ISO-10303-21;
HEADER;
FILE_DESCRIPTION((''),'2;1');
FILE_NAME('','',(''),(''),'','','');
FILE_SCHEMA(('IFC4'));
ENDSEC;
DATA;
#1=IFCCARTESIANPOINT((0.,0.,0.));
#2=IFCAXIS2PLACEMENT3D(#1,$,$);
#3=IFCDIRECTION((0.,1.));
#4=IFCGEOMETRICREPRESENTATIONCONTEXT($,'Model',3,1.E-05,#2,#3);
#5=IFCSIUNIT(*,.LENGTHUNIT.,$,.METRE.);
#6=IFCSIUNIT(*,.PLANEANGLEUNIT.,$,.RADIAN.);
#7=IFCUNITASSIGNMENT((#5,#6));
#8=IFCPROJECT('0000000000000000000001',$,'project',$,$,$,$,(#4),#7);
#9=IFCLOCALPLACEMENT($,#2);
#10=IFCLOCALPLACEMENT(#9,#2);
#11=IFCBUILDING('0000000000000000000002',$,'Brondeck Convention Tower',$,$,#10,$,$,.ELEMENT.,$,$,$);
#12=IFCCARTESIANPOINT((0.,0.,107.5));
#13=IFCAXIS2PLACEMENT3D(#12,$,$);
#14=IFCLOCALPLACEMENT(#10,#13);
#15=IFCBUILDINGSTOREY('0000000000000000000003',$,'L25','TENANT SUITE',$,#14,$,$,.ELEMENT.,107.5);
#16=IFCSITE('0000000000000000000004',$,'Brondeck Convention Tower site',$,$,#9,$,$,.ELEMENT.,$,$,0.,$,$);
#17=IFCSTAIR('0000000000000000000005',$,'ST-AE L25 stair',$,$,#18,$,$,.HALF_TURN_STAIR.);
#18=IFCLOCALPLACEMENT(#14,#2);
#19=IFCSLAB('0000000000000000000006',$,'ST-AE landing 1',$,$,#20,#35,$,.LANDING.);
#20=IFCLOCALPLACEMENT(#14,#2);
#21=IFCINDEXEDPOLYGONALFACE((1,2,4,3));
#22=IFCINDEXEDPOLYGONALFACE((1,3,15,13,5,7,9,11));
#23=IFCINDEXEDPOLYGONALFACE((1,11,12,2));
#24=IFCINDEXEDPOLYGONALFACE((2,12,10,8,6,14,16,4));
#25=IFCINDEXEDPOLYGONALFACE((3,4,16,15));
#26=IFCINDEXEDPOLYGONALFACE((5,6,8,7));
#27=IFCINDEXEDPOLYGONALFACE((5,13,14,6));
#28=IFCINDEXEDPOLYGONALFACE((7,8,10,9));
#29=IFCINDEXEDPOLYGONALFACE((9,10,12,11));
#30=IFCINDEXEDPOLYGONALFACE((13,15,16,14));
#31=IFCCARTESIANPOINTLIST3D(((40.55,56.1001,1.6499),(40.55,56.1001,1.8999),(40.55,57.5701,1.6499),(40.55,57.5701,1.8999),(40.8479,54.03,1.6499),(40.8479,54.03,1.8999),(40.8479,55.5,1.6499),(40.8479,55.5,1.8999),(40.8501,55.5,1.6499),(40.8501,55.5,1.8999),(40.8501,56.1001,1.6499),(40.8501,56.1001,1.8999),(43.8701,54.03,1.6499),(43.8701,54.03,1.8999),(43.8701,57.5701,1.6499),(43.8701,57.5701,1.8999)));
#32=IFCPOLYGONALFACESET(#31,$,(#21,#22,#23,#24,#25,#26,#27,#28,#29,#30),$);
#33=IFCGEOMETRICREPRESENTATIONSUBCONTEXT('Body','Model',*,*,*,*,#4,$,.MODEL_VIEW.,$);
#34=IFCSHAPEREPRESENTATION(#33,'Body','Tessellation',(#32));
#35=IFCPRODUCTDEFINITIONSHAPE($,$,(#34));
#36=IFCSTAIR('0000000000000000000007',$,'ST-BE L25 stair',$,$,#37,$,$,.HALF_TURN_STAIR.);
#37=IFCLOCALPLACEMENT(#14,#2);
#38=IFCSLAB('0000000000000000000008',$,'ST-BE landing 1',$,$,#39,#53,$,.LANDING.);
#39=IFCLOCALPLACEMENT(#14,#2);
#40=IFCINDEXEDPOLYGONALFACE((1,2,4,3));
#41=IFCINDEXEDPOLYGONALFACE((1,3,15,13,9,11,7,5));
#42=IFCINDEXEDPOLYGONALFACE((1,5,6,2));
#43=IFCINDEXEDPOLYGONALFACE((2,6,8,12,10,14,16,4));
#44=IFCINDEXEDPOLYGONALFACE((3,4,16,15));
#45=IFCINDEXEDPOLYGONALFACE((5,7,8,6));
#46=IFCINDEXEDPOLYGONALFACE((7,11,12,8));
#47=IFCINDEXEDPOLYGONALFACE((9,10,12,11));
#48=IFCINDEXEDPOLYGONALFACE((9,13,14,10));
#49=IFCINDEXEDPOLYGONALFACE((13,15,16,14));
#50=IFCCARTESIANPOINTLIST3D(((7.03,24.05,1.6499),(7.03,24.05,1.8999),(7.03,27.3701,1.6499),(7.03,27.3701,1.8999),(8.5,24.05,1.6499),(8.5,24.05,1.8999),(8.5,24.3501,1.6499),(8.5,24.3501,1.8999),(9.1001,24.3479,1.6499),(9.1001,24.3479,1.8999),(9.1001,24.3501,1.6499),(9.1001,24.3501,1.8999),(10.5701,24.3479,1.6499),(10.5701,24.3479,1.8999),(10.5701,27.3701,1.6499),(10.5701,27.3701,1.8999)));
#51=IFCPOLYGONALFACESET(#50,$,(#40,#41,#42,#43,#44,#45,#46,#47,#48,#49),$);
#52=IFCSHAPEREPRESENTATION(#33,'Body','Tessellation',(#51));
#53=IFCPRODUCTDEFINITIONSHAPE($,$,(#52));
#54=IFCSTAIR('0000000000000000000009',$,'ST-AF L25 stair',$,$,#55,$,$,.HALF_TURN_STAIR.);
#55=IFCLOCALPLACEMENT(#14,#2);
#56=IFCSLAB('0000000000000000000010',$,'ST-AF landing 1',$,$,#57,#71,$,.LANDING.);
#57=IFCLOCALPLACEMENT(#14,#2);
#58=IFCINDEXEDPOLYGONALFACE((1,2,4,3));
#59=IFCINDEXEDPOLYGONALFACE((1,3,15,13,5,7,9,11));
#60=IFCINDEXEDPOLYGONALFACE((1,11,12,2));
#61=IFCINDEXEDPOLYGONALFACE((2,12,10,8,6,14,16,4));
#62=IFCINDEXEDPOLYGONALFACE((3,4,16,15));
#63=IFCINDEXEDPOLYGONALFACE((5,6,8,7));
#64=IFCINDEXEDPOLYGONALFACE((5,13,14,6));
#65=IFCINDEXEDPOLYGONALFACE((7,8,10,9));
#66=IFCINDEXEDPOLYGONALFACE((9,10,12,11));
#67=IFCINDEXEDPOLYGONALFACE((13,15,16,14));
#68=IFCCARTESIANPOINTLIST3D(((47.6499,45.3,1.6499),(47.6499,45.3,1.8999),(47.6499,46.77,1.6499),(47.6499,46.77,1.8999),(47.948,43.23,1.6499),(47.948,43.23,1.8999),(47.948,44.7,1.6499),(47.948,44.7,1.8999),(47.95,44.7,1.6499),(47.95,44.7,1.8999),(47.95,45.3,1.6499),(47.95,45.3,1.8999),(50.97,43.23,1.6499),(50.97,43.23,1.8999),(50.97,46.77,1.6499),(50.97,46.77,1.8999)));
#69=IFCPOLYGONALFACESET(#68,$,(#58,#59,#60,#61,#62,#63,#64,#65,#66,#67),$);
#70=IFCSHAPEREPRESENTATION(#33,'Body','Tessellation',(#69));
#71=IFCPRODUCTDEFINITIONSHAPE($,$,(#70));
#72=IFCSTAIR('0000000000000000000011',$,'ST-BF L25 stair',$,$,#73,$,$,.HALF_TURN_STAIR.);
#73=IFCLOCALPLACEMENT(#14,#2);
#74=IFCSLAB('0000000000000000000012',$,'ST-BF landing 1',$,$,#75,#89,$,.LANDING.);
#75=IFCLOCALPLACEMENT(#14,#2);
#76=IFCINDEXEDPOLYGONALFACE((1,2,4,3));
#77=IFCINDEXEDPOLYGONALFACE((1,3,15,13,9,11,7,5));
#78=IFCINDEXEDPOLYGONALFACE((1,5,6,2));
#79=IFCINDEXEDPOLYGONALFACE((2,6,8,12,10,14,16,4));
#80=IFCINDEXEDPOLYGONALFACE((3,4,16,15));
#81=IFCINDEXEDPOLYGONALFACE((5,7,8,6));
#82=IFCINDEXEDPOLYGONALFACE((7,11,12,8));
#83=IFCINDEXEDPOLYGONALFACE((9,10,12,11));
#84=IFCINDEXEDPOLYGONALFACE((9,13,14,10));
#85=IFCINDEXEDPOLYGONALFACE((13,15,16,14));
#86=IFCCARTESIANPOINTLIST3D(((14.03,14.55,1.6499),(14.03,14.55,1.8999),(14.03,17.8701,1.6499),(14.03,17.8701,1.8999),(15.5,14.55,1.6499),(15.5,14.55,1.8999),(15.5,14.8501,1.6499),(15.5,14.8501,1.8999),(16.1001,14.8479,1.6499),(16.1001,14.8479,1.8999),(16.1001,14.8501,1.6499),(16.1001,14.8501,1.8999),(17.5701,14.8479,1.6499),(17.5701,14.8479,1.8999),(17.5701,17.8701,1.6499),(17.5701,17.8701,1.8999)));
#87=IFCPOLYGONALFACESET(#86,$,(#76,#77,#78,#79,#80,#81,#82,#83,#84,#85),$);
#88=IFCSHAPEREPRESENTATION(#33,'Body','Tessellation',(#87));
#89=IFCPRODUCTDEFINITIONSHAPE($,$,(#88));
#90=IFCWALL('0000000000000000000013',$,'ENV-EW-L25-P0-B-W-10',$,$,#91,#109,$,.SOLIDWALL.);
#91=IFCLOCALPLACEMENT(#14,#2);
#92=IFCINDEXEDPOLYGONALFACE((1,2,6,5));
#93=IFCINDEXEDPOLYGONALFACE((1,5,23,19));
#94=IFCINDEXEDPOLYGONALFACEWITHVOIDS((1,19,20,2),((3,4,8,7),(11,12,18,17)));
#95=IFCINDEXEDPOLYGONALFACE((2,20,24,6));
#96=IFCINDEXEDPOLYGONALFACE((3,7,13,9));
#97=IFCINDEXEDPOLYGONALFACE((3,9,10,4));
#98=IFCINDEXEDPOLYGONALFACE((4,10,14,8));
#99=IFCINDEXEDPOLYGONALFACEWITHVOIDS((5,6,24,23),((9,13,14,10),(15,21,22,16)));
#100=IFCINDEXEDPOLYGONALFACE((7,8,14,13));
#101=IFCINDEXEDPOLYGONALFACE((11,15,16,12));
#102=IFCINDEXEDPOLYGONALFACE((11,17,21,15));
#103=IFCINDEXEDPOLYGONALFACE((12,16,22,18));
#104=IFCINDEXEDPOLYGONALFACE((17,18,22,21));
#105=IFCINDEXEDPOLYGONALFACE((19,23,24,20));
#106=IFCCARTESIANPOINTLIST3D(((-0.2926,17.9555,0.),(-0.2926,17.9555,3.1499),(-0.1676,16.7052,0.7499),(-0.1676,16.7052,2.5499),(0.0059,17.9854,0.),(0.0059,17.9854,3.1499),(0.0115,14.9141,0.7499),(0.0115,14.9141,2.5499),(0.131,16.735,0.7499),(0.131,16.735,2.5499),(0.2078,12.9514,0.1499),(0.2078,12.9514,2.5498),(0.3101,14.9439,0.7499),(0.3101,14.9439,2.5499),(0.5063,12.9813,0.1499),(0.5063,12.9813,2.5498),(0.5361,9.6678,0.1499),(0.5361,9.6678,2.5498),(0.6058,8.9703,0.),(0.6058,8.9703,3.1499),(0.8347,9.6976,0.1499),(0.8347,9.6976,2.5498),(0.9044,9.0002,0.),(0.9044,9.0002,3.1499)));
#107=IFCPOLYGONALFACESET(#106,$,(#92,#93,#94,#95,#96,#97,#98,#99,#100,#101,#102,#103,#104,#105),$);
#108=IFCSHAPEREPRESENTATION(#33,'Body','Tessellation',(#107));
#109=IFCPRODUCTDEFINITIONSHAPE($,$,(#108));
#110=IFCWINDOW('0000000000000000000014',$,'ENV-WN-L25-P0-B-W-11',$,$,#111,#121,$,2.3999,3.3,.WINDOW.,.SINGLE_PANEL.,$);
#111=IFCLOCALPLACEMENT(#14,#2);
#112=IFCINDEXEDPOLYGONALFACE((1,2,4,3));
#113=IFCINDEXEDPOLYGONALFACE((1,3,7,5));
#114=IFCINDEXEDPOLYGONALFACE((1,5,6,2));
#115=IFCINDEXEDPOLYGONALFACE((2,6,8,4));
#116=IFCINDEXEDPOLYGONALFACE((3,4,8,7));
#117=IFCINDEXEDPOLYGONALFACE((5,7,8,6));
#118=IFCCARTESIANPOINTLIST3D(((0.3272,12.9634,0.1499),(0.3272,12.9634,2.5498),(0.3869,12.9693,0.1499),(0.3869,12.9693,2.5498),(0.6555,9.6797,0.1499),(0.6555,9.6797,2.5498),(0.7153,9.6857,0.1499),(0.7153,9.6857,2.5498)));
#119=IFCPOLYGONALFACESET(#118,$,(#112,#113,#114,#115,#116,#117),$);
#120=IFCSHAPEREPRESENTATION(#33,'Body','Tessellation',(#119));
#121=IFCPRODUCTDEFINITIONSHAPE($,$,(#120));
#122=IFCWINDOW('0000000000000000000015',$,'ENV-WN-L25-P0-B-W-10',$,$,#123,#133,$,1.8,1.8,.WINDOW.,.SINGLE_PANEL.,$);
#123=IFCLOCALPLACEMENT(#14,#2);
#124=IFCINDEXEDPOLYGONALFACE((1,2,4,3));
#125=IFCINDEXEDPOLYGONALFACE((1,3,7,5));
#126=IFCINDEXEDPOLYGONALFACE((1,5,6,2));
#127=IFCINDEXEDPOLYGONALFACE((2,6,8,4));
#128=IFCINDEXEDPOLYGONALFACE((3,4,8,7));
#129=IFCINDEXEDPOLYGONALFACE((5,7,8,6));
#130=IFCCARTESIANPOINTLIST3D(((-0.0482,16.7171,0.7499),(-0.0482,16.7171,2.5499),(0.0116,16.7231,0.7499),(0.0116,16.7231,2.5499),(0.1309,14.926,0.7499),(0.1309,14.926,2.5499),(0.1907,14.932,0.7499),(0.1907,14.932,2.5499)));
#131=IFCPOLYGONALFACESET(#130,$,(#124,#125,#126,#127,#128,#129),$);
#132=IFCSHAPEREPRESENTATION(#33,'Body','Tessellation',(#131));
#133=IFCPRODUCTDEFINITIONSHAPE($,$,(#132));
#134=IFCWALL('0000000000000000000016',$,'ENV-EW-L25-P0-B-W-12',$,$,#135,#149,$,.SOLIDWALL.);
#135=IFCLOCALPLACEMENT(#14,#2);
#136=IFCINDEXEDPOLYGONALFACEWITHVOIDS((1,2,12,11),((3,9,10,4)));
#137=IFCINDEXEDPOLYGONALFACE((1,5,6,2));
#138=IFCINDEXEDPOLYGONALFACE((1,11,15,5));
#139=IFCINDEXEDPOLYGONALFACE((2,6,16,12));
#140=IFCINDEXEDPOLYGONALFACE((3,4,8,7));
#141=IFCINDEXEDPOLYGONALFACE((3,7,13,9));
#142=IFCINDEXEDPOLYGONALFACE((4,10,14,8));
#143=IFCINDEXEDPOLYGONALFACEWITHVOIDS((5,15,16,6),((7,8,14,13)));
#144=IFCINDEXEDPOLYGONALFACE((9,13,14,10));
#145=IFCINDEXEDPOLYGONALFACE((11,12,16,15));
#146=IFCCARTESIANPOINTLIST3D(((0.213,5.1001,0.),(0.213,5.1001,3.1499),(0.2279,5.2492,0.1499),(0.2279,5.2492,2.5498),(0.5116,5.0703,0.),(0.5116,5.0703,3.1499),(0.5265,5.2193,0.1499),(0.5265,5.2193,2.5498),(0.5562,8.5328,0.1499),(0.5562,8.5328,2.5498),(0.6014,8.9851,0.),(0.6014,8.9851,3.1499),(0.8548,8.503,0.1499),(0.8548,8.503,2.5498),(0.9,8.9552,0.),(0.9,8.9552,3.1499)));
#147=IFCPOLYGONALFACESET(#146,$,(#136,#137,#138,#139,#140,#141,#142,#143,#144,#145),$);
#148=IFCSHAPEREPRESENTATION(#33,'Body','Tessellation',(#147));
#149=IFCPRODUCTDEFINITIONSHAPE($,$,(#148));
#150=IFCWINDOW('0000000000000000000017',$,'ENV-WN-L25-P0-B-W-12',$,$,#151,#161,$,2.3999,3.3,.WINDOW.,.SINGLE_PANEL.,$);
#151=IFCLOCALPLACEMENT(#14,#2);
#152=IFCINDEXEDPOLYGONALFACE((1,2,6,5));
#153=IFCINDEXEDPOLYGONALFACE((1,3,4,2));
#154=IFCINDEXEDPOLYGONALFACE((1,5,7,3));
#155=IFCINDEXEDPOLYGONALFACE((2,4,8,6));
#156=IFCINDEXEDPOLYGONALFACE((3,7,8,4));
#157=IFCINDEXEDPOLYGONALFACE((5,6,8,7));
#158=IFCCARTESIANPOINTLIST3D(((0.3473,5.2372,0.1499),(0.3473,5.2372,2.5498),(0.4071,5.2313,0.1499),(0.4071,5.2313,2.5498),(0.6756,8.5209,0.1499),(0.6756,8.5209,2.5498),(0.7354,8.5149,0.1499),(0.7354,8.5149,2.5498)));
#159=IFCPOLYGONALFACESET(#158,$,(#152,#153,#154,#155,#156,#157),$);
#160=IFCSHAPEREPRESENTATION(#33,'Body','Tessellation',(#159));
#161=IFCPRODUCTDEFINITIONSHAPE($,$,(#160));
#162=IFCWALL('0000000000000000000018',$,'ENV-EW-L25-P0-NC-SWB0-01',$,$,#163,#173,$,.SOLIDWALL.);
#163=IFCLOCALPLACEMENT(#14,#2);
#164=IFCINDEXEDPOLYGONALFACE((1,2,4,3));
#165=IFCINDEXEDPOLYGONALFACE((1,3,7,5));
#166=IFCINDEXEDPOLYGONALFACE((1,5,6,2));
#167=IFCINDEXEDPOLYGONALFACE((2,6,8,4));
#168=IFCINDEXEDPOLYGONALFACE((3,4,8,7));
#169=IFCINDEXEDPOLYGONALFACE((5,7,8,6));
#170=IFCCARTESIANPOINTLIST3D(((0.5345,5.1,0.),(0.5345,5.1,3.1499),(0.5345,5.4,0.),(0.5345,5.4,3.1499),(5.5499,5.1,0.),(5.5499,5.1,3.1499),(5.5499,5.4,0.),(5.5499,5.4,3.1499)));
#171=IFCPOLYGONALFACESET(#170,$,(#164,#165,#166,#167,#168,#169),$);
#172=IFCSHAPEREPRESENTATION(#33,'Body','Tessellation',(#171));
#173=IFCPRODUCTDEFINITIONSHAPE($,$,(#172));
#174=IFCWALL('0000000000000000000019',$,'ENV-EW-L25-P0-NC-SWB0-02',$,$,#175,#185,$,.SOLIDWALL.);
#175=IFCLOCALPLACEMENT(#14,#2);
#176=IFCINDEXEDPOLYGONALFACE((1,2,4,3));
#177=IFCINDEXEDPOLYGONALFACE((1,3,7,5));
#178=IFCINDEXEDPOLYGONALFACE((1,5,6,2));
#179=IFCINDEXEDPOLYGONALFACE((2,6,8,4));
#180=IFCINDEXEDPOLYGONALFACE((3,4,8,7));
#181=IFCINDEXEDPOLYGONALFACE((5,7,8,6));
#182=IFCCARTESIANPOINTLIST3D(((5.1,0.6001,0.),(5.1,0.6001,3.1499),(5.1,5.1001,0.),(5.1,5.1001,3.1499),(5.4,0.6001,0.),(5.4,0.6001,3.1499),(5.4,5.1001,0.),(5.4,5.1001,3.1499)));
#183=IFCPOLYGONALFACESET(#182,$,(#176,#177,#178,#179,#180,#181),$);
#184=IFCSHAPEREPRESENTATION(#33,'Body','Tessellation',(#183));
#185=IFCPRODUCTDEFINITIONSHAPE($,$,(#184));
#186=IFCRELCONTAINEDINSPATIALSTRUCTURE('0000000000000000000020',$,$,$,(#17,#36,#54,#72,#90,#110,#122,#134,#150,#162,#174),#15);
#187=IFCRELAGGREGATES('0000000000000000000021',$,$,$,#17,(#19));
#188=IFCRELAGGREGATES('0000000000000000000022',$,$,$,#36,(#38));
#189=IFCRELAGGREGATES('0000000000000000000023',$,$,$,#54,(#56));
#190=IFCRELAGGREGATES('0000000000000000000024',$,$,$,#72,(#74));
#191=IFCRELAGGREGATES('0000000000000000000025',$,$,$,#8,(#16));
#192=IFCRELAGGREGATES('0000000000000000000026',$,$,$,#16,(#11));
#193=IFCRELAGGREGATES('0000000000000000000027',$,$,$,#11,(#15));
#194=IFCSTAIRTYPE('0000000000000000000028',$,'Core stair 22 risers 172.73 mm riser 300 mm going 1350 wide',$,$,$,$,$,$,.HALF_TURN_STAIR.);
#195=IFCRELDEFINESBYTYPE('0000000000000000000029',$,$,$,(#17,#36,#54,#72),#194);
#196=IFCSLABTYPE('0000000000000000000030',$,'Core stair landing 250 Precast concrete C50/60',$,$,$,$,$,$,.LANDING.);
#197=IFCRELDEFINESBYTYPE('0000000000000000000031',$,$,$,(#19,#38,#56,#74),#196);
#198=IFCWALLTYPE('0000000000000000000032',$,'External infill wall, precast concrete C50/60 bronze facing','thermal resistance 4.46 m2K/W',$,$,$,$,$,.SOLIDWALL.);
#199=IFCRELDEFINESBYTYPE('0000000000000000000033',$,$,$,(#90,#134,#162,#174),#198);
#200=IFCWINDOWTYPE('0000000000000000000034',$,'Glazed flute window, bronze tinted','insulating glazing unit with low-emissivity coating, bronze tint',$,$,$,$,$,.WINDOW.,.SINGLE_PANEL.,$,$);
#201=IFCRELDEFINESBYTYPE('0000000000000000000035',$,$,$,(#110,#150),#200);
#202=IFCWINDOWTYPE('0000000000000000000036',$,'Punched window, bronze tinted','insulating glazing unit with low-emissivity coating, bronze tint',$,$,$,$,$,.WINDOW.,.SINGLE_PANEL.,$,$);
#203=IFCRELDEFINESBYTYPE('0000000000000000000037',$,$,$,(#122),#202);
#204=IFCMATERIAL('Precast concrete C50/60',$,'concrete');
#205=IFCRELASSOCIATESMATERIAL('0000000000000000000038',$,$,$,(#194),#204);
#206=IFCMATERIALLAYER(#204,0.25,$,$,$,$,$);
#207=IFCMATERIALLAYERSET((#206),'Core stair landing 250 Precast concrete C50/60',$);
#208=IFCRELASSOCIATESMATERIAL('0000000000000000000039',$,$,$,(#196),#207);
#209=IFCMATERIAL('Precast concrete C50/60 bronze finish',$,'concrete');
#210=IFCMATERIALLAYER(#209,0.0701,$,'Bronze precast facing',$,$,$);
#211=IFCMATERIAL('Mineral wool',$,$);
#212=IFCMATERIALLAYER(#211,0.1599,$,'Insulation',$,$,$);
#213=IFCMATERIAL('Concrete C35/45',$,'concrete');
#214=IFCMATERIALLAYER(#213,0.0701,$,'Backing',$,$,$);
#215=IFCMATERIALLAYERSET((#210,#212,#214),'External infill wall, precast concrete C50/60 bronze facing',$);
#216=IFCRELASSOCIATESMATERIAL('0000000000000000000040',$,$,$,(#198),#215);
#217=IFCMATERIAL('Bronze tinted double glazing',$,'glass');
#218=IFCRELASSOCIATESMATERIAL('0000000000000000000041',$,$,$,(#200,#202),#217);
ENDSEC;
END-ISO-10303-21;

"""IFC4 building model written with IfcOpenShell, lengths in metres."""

from ifc_helpers import new_model, si_unit, direction, frame, frame_2d, origin, place, context, subcontext, project, spatial, polyline, rectangle, outline, extrude, material, layer, layer_set, type_object, element, fill, aggregate, save


model = new_model("IFC4")

# Units and contexts
model_context = context("Model", 3, precision=1e-05, world=origin(), true_north=direction((0.0, 1.0)))
body_context = subcontext(model_context, "Body", "Model", "MODEL_VIEW")
ifc_project = project(units=[si_unit("LENGTHUNIT", "METRE"), si_unit("PLANEANGLEUNIT", "RADIAN")], contexts=[model_context])

# Site, building, storey
site_placement = place(None, origin())
site = spatial("IfcSite", under=ifc_project, at=site_placement, Name="Brondeck Convention Tower site", CompositionType="ELEMENT", RefElevation=0.0)
building_placement = place(site_placement, origin())
building = spatial("IfcBuilding", under=site, at=building_placement, Name="Brondeck Convention Tower", CompositionType="ELEMENT")
storey_placement = place(building_placement, frame((0.0, 0.0, 107.5)))
storey = spatial("IfcBuildingStorey", under=building, at=storey_placement, Name="L25", Description="TENANT SUITE", CompositionType="ELEMENT", Elevation=107.5)

# Shared definitions
ifc_material_1 = material(Name="Concrete C35/45", Category="concrete")

# Stairs, slabs
ifc_material_2 = material(Name="Precast concrete C50/60", Category="concrete")
stair_type = type_object("IfcStairType", Name="Core stair 22 risers 172.73 mm riser 300 mm going 1350 wide", PredefinedType="HALF_TURN_STAIR", material=ifc_material_2)
ifc_layer_1 = layer(ifc_material_2, 0.25)
ifc_layer_set_1 = layer_set([ifc_layer_1], Name="Core stair landing 250 Precast concrete C50/60")
slab_type_1 = type_object("IfcSlabType", Name="Core stair landing 250 Precast concrete C50/60", PredefinedType="LANDING", material=ifc_layer_set_1)
stair_1_placement = place(storey_placement, origin())
stair_1 = element("IfcStair", 1, at=stair_1_placement, inside=storey, type_object=stair_type, Name="ST-AE L25 stair", PredefinedType="HALF_TURN_STAIR")
slab_1_placement = place(storey_placement, frame((0.0, 0.0, 1.6499)))
slab_1 = element("IfcSlab", 2, at=slab_1_placement, type_object=slab_type_1, Name="ST-AE landing 1", PredefinedType="LANDING", context=body_context, shape_type="SweptSolid", body=[
    extrude(outline(polyline([(40.8479, 55.5), (40.8501, 55.5), (40.8501, 56.1001), (40.55, 56.1001), (40.55, 57.5701), (43.8701, 57.5701), (43.8701, 54.03), (40.8479, 54.03), (40.8479, 55.5)])), origin(), (0.0, 0.0, 1.0), 0.25),
])
aggregate(stair_1, [slab_1])
stair_2_placement = place(storey_placement, origin())
stair_2 = element("IfcStair", 3, at=stair_2_placement, inside=storey, type_object=stair_type, Name="ST-BE L25 stair", PredefinedType="HALF_TURN_STAIR")
slab_2_placement = place(storey_placement, frame((0.0, 0.0, 1.6499)))
slab_2 = element("IfcSlab", 4, at=slab_2_placement, type_object=slab_type_1, Name="ST-BE landing 1", PredefinedType="LANDING", context=body_context, shape_type="SweptSolid", body=[
    extrude(outline(polyline([(7.03, 24.05), (7.03, 27.3701), (10.5701, 27.3701), (10.5701, 24.3479), (9.1001, 24.3479), (9.1001, 24.3501), (8.5, 24.3501), (8.5, 24.05), (7.03, 24.05)])), origin(), (0.0, 0.0, 1.0), 0.25),
])
aggregate(stair_2, [slab_2])
stair_3_placement = place(storey_placement, origin())
stair_3 = element("IfcStair", 5, at=stair_3_placement, inside=storey, type_object=stair_type, Name="ST-AF L25 stair", PredefinedType="HALF_TURN_STAIR")
slab_3_placement = place(storey_placement, frame((0.0, 0.0, 1.6499)))
slab_3 = element("IfcSlab", 6, at=slab_3_placement, type_object=slab_type_1, Name="ST-AF landing 1", PredefinedType="LANDING", context=body_context, shape_type="SweptSolid", body=[
    extrude(outline(polyline([(47.948, 44.7), (47.95, 44.7), (47.95, 45.3), (47.6499, 45.3), (47.6499, 46.77), (50.97, 46.77), (50.97, 43.23), (47.948, 43.23), (47.948, 44.7)])), origin(), (0.0, 0.0, 1.0), 0.25),
])
aggregate(stair_3, [slab_3])
stair_4_placement = place(storey_placement, origin())
stair_4 = element("IfcStair", 7, at=stair_4_placement, inside=storey, type_object=stair_type, Name="ST-BF L25 stair", PredefinedType="HALF_TURN_STAIR")
slab_4_placement = place(storey_placement, frame((0.0, 0.0, 1.6499)))
slab_4 = element("IfcSlab", 8, at=slab_4_placement, type_object=slab_type_1, Name="ST-BF landing 1", PredefinedType="LANDING", context=body_context, shape_type="SweptSolid", body=[
    extrude(outline(polyline([(14.03, 14.55), (14.03, 17.8701), (17.5701, 17.8701), (17.5701, 14.8479), (16.1001, 14.8479), (16.1001, 14.8501), (15.5, 14.8501), (15.5, 14.55), (14.03, 14.55)])), origin(), (0.0, 0.0, 1.0), 0.25),
])
aggregate(stair_4, [slab_4])

# Wall, openings, windows
ifc_material_3 = material(Name="Precast concrete C50/60 bronze finish", Category="concrete")
ifc_layer_2 = layer(ifc_material_3, 0.0701, Name="Bronze precast facing")
ifc_material_4 = material(Name="Mineral wool")
ifc_layer_3 = layer(ifc_material_4, 0.1599, Name="Insulation")
ifc_layer_4 = layer(ifc_material_1, 0.0701, Name="Backing")
ifc_layer_set_2 = layer_set([ifc_layer_2, ifc_layer_3, ifc_layer_4], Name="External infill wall, precast concrete C50/60 bronze facing")
wall_type = type_object("IfcWallType", Name="External infill wall, precast concrete C50/60 bronze facing", Description="thermal resistance 4.46 m2K/W", PredefinedType="SOLIDWALL", material=ifc_layer_set_2)
wall_1_placement = place(storey_placement, frame((0.7551, 8.9851, 0.0), z_axis=(0.0, 0.0, 1.0), x_axis=(-0.099496, 0.995038, 0.0)))
wall_1 = element("IfcWall", 9, at=wall_1_placement, inside=storey, type_object=wall_type, Name="ENV-EW-L25-P0-B-W-10", PredefinedType="SOLIDWALL", context=body_context, shape_type="SweptSolid", body=[
    extrude(rectangle(XDim=9.03, YDim=0.3, at=frame_2d((4.5151, 0.0))), origin(), (0.0, 0.0, 1.0), 3.1499),
])
opening_1_placement = place(wall_1_placement, frame((0.7012, 0.0, 0.1499)))
opening_1 = element("IfcOpeningElement", 10, at=opening_1_placement, cuts=wall_1, PredefinedType="OPENING", context=body_context, shape_type="SweptSolid", body=[
    extrude(rectangle(XDim=3.3, YDim=2.3999, at=frame_2d((1.6499, 1.2))), frame((0.0, 0.1599, 0.0), z_axis=(0.0, -1.0, 0.0), x_axis=(1.0, 0.0, 0.0)), (0.0, 0.0, 1.0), 0.3201),
])
opening_2_placement = place(wall_1_placement, frame((5.9736, 0.0, 0.75)))
opening_2 = element("IfcOpeningElement", 11, at=opening_2_placement, cuts=wall_1, PredefinedType="OPENING", context=body_context, shape_type="SweptSolid", body=[
    extrude(rectangle(XDim=1.8, YDim=1.8, at=frame_2d((0.8999, 0.8999))), frame((0.0, 0.1599, 0.0), z_axis=(0.0, -1.0, 0.0), x_axis=(1.0, 0.0, 0.0)), (0.0, 0.0, 1.0), 0.3201),
])
ifc_material_5 = material(Name="Bronze tinted double glazing", Category="glass")
window_type_1 = type_object("IfcWindowType", Name="Glazed flute window, bronze tinted", Description="insulating glazing unit with low-emissivity coating, bronze tint", PartitioningType="SINGLE_PANEL", PredefinedType="WINDOW", material=ifc_material_5)
window_1_placement = place(opening_1_placement, origin())
window_1 = element("IfcWindow", 12, at=window_1_placement, inside=storey, type_object=window_type_1, Name="ENV-WN-L25-P0-B-W-11", OverallHeight=2.3999, OverallWidth=3.3, PartitioningType="SINGLE_PANEL", PredefinedType="WINDOW", context=body_context, shape_type="SweptSolid", body=[
    extrude(rectangle(XDim=3.3, YDim=2.3999, at=frame_2d((1.6499, 1.2))), frame((0.0, 0.03, 0.0), z_axis=(0.0, -1.0, 0.0), x_axis=(1.0, 0.0, 0.0)), (0.0, 0.0, 1.0), 0.0601),
])
fill(opening_1, window_1)
window_type_2 = type_object("IfcWindowType", Name="Punched window, bronze tinted", Description="insulating glazing unit with low-emissivity coating, bronze tint", PartitioningType="SINGLE_PANEL", PredefinedType="WINDOW", material=ifc_material_5)
window_2_placement = place(opening_2_placement, origin())
window_2 = element("IfcWindow", 13, at=window_2_placement, inside=storey, type_object=window_type_2, Name="ENV-WN-L25-P0-B-W-10", OverallHeight=1.8, OverallWidth=1.8, PartitioningType="SINGLE_PANEL", PredefinedType="WINDOW", context=body_context, shape_type="SweptSolid", body=[
    extrude(rectangle(XDim=1.8, YDim=1.8, at=frame_2d((0.8999, 0.8999))), frame((0.0, 0.03, 0.0), z_axis=(0.0, -1.0, 0.0), x_axis=(1.0, 0.0, 0.0)), (0.0, 0.0, 1.0), 0.0601),
])
fill(opening_2, window_2)

# Wall, opening, window
wall_2_placement = place(storey_placement, frame((0.3623, 5.0852, 0.0), z_axis=(0.0, 0.0, 1.0), x_axis=(0.099485, 0.995039, 0.0)))
wall_2 = element("IfcWall", 14, at=wall_2_placement, inside=storey, type_object=wall_type, Name="ENV-EW-L25-P0-B-W-12", PredefinedType="SOLIDWALL", context=body_context, shape_type="SweptSolid", body=[
    extrude(rectangle(XDim=3.9043, YDim=0.3, at=frame_2d((1.9521, 0.0))), origin(), (0.0, 0.0, 1.0), 3.1499),
])
opening_3_placement = place(wall_2_placement, frame((0.1499, 0.0, 0.1499)))
opening_3 = element("IfcOpeningElement", 15, at=opening_3_placement, cuts=wall_2, PredefinedType="OPENING", context=body_context, shape_type="SweptSolid", body=[
    extrude(rectangle(XDim=3.3, YDim=2.3999, at=frame_2d((1.6499, 1.2))), frame((0.0, 0.1599, 0.0), z_axis=(0.0, -1.0, 0.0), x_axis=(1.0, 0.0, 0.0)), (0.0, 0.0, 1.0), 0.3201),
])
window_3_placement = place(opening_3_placement, origin())
window_3 = element("IfcWindow", 16, at=window_3_placement, inside=storey, type_object=window_type_1, Name="ENV-WN-L25-P0-B-W-12", OverallHeight=2.3999, OverallWidth=3.3, PartitioningType="SINGLE_PANEL", PredefinedType="WINDOW", context=body_context, shape_type="SweptSolid", body=[
    extrude(rectangle(XDim=3.3, YDim=2.3999, at=frame_2d((1.6499, 1.2))), frame((0.0, 0.03, 0.0), z_axis=(0.0, -1.0, 0.0), x_axis=(1.0, 0.0, 0.0)), (0.0, 0.0, 1.0), 0.0601),
])
fill(opening_3, window_3)

# Walls
wall_3_placement = place(storey_placement, frame((5.55, 5.25, 0.0), z_axis=(0.0, 0.0, 1.0), x_axis=(-1.0, 0.0, 0.0)))
element("IfcWall", 17, at=wall_3_placement, inside=storey, type_object=wall_type, Name="ENV-EW-L25-P0-NC-SWB0-01", PredefinedType="SOLIDWALL", context=body_context, shape_type="SweptSolid", body=[
    extrude(rectangle(XDim=5.0154, YDim=0.3, at=frame_2d((2.5078, 0.0))), origin(), (0.0, 0.0, 1.0), 3.1499),
])
wall_4_placement = place(storey_placement, frame((5.25, 0.6001, 0.0), z_axis=(0.0, 0.0, 1.0), x_axis=(0.0, 1.0, 0.0)))
element("IfcWall", 18, at=wall_4_placement, inside=storey, type_object=wall_type, Name="ENV-EW-L25-P0-NC-SWB0-02", PredefinedType="SOLIDWALL", context=body_context, shape_type="SweptSolid", body=[
    extrude(rectangle(XDim=4.5, YDim=0.3, at=frame_2d((2.25, 0.0))), origin(), (0.0, 0.0, 1.0), 3.1499),
])

save(model, "model.ifc")
